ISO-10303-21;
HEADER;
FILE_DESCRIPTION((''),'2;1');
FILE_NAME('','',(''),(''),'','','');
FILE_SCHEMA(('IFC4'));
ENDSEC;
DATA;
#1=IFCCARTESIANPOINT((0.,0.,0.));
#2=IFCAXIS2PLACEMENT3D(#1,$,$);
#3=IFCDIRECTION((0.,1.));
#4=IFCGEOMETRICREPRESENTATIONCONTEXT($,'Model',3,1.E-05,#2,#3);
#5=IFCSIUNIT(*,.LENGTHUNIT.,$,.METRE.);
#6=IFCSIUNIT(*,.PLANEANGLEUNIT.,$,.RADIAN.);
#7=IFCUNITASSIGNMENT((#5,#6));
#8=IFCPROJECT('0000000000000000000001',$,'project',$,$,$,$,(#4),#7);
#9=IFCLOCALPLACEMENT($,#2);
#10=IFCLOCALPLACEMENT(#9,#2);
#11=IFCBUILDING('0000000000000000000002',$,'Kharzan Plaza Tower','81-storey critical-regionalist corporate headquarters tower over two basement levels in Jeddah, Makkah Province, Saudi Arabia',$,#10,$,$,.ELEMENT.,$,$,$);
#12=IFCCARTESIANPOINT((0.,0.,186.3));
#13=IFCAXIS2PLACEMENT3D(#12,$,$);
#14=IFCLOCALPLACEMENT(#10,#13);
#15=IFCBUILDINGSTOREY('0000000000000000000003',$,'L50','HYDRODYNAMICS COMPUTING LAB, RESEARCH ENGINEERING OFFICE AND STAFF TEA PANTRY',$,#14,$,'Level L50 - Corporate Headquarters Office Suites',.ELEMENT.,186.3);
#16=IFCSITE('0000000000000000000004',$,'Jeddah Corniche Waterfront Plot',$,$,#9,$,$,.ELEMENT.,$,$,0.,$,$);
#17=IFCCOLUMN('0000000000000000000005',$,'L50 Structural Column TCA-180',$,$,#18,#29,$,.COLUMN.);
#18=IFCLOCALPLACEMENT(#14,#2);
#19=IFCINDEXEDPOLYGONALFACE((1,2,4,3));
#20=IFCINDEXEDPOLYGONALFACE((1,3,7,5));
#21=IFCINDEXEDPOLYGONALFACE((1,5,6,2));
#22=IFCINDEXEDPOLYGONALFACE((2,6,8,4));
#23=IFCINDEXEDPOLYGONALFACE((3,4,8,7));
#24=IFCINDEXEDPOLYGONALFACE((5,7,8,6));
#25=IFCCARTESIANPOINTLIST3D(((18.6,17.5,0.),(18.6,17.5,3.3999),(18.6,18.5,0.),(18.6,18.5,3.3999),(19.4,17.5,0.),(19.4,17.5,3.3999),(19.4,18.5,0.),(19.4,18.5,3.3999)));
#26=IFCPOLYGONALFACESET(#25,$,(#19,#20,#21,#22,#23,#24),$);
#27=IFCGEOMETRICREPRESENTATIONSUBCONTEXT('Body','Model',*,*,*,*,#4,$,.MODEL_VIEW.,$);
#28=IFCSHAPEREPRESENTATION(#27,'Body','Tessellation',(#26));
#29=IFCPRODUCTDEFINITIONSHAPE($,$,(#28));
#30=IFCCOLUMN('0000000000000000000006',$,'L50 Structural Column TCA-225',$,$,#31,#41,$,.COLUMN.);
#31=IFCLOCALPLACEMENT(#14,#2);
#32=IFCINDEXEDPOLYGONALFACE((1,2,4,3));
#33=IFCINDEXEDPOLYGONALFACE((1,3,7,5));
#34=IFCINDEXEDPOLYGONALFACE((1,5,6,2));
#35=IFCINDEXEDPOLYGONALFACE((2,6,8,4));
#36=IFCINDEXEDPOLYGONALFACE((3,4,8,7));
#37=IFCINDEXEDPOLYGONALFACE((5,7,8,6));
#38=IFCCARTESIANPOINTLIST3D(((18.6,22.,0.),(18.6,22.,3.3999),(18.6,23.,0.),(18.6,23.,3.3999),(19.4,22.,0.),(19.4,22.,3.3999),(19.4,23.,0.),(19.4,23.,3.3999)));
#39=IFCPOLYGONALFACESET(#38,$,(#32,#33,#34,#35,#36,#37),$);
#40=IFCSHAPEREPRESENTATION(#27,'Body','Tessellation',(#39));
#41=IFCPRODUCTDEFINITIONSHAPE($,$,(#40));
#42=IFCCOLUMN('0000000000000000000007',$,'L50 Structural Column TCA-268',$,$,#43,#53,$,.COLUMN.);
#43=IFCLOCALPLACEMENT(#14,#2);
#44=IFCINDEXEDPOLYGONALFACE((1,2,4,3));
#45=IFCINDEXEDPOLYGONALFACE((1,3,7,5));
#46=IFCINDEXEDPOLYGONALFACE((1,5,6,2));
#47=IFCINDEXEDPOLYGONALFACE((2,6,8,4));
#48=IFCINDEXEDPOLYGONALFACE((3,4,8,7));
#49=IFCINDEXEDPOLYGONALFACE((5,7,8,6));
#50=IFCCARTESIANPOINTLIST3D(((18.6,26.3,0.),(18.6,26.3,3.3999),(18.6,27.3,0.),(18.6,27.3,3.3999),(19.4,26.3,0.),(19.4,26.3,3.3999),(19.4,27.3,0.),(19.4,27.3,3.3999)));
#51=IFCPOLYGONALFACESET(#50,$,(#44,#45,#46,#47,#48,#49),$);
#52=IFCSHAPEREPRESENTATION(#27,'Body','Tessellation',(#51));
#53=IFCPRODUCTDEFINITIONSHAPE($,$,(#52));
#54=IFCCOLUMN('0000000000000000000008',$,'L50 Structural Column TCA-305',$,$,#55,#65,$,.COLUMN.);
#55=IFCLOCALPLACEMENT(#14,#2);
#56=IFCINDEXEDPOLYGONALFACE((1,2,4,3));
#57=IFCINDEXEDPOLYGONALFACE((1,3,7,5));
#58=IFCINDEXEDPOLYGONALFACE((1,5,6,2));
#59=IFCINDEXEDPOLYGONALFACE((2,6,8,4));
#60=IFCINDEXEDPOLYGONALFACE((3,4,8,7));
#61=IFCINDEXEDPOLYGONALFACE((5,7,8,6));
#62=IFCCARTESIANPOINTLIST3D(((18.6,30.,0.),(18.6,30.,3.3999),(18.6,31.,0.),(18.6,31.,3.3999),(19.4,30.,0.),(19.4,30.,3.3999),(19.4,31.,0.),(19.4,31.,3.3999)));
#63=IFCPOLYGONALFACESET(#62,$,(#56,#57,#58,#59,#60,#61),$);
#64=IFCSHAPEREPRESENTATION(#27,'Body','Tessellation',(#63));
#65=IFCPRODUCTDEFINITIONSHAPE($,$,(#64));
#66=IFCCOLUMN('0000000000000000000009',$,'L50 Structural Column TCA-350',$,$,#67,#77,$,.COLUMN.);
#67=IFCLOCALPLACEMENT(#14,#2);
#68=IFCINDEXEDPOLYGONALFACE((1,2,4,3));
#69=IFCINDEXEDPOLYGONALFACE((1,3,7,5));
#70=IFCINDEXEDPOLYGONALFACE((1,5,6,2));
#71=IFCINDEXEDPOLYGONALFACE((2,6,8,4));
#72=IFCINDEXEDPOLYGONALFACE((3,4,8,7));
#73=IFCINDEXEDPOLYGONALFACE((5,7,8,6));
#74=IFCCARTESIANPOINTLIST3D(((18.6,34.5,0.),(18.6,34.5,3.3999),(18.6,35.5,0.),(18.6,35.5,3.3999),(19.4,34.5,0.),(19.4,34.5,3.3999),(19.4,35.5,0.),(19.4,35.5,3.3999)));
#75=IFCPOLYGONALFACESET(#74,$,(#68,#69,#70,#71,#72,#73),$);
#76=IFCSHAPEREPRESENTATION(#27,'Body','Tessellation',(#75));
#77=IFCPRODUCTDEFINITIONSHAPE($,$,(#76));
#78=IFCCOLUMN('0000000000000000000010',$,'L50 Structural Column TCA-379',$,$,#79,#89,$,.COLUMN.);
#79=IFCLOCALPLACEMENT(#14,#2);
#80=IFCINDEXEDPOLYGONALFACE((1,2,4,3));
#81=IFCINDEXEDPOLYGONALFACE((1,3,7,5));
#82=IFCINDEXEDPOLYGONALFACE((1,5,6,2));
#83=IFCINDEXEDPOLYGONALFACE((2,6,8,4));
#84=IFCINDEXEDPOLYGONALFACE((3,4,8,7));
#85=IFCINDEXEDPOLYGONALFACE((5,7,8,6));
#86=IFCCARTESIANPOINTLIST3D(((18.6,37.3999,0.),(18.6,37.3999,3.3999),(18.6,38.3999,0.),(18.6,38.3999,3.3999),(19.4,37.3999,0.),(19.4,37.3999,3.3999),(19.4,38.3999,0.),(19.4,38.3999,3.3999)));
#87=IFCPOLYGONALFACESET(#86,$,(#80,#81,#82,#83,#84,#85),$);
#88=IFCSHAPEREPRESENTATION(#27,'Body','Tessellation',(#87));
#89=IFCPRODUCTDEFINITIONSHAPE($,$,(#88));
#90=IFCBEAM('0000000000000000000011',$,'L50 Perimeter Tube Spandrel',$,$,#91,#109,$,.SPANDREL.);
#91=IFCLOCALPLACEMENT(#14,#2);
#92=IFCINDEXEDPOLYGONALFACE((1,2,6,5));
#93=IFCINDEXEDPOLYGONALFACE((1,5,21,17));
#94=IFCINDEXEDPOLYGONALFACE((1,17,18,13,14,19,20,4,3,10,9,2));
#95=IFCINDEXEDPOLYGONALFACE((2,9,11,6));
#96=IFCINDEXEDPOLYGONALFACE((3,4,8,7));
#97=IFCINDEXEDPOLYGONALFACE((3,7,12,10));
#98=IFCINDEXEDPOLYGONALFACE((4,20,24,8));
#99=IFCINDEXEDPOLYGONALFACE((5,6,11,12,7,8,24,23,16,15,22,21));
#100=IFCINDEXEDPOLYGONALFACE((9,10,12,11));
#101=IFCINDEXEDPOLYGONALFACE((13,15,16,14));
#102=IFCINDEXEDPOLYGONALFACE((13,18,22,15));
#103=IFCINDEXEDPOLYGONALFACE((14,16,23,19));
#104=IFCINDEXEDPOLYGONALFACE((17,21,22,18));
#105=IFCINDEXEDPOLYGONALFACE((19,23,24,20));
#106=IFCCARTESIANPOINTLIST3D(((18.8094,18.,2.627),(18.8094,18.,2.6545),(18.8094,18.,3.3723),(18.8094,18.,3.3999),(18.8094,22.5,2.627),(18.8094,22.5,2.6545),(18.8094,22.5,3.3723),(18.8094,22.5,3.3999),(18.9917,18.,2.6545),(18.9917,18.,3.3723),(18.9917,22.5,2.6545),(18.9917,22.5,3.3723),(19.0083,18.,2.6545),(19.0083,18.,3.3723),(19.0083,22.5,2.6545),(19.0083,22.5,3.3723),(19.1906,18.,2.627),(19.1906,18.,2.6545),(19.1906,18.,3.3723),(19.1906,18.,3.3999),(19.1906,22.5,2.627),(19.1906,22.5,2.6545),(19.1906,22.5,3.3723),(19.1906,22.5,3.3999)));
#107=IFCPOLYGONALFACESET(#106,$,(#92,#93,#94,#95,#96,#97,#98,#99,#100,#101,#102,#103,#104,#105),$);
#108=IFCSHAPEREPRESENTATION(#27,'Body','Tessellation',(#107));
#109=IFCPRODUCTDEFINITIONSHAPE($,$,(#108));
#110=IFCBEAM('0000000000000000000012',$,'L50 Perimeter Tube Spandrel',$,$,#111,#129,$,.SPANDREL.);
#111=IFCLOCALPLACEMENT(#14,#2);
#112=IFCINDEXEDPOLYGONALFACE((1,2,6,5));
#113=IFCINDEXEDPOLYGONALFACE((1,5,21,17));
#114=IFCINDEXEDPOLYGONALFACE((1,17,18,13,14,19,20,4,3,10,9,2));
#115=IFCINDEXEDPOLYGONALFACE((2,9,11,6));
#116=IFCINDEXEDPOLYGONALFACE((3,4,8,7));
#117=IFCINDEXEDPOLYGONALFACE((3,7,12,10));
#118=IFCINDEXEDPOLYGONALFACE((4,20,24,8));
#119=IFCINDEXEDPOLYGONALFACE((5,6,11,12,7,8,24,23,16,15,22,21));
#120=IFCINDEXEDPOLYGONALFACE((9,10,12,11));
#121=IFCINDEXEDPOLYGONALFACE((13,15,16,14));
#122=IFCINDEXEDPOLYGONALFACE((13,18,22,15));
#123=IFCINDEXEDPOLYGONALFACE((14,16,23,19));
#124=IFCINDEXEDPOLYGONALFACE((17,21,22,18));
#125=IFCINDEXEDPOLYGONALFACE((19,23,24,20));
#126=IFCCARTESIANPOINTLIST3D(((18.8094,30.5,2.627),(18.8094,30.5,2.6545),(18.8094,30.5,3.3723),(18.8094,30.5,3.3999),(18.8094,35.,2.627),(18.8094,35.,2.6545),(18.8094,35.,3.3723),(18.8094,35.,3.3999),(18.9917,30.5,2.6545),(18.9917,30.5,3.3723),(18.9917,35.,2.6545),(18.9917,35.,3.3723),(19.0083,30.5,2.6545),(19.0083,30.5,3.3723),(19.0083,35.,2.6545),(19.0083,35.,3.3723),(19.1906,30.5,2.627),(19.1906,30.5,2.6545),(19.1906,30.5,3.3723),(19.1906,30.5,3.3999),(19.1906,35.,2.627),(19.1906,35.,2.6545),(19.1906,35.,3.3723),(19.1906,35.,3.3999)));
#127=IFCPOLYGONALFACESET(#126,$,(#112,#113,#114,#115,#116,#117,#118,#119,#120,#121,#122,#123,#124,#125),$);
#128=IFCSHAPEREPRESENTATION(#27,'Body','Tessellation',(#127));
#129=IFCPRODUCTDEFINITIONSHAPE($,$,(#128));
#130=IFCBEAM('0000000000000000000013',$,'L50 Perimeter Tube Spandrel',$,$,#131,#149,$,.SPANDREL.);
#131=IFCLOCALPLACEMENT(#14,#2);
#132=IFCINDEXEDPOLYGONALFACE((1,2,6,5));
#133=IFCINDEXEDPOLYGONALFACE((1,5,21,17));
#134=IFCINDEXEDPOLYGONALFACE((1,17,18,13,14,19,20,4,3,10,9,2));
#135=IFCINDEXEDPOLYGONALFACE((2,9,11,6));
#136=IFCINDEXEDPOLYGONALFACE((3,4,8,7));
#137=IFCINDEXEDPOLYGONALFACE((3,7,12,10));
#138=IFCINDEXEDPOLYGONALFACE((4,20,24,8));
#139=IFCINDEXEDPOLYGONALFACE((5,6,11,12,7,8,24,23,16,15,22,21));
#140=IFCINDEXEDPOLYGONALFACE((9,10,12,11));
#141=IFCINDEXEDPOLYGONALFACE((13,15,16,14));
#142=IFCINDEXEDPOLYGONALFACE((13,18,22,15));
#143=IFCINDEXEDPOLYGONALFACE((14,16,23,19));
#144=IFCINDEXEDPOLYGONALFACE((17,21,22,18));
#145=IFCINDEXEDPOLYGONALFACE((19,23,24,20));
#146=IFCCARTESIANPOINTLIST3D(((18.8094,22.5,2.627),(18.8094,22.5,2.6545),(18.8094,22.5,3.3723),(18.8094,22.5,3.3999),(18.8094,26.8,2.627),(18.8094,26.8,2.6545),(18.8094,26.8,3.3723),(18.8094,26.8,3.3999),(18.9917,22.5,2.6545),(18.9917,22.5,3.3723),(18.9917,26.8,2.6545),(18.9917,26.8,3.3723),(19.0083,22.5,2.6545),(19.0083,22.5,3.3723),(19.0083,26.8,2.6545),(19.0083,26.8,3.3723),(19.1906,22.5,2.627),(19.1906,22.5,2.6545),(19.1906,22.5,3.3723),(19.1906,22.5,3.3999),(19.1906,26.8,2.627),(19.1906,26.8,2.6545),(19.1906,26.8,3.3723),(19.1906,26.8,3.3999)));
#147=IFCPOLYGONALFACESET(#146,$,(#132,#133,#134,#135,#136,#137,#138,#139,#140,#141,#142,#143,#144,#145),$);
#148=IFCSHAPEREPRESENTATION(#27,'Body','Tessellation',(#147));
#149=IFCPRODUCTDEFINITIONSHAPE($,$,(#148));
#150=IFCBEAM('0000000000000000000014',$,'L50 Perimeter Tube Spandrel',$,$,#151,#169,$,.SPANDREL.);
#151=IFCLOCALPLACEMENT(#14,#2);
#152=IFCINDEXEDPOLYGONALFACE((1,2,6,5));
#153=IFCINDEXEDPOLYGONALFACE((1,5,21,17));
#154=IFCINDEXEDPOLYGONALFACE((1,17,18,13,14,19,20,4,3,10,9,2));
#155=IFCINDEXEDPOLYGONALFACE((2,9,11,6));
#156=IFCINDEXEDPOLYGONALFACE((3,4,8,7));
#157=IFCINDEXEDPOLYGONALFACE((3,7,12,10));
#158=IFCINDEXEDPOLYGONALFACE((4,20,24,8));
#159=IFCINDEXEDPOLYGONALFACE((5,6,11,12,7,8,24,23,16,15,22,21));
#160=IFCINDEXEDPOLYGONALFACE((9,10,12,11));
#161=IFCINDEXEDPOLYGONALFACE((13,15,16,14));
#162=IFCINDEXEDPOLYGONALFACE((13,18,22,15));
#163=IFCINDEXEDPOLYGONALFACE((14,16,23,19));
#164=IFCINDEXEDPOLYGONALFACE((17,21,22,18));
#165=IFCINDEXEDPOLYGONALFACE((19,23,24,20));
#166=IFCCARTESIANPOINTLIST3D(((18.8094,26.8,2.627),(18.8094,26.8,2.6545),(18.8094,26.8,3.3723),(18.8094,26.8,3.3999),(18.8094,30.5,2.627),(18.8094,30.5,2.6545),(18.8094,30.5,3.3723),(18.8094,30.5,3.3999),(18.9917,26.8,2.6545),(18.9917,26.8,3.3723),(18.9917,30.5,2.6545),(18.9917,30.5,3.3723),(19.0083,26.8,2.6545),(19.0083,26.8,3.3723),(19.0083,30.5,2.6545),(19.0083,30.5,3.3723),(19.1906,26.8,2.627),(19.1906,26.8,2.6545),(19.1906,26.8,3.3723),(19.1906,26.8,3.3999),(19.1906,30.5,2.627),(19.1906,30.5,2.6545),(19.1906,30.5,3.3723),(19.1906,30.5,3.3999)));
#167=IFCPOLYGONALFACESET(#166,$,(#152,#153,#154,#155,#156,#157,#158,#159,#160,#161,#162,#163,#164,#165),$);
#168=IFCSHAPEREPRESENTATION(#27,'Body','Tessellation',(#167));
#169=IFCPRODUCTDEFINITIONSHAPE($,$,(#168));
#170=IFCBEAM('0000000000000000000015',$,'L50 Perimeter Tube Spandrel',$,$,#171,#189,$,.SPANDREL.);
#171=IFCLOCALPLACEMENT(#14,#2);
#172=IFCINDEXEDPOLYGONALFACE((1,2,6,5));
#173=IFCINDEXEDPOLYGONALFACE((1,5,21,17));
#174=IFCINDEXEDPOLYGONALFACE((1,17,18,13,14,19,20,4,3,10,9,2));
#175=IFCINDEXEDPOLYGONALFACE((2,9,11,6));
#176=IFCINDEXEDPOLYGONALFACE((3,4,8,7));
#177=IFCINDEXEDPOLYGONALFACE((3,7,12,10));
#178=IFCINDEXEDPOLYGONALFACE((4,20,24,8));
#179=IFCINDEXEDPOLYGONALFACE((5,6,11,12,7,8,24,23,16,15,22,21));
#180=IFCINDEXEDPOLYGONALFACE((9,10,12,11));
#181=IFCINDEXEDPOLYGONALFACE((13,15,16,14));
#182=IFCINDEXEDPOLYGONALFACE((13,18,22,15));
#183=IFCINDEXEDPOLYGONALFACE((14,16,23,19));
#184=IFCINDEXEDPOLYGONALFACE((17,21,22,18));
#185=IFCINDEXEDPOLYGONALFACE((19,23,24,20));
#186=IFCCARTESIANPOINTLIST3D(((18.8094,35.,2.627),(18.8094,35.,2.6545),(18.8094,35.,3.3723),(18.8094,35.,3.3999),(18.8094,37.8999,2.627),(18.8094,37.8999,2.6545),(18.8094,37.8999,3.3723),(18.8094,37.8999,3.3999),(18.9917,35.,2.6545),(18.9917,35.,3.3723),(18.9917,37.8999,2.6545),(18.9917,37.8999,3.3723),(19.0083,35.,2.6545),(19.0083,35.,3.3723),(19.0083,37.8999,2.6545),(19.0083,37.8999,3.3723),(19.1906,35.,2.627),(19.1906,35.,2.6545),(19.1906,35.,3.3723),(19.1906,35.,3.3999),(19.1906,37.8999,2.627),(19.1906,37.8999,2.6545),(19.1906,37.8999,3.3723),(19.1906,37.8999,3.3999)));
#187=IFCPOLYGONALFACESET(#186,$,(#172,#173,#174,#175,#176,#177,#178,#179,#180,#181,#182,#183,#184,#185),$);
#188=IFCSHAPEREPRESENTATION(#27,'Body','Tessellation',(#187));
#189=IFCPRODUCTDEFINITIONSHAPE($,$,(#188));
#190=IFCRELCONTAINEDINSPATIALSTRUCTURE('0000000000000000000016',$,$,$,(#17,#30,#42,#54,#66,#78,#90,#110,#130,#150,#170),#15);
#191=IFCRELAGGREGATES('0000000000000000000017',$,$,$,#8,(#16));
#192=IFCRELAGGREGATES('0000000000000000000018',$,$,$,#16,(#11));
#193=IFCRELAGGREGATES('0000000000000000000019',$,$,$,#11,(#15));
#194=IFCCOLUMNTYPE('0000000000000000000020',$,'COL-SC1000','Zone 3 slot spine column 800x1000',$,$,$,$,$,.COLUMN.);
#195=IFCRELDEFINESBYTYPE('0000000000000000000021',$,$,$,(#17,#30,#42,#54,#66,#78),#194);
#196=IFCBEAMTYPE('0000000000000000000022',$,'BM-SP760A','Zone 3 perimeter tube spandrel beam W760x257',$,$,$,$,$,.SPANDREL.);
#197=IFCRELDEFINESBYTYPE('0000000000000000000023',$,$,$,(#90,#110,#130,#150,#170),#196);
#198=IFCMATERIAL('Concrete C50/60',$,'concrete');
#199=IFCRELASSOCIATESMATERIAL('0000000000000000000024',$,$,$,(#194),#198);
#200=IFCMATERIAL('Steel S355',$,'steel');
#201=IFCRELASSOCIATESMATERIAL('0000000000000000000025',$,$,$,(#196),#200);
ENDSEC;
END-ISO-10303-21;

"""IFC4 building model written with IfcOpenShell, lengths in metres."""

from ifc_helpers import new_model, si_unit, direction, frame, origin, origin_2d, place, context, subcontext, project, spatial, rectangle, i_section, extrude, source, transform, mapped, material, material_profile, profile_set, type_object, element, save


model = new_model("IFC4")

# Units and contexts
model_context = context("Model", 3, precision=1e-05, world=origin(), true_north=direction((0.0, 1.0)))
body_context = subcontext(model_context, "Body", "Model", "MODEL_VIEW")
ifc_project = project(units=[si_unit("LENGTHUNIT", "METRE"), si_unit("PLANEANGLEUNIT", "RADIAN")], contexts=[model_context])

# Site, building, storey
site_placement = place(None, origin())
site = spatial("IfcSite", under=ifc_project, at=site_placement, Name="Jeddah Corniche Waterfront Plot", CompositionType="ELEMENT", RefElevation=0.0)
building_placement = place(site_placement, origin())
building = spatial("IfcBuilding", under=site, at=building_placement, Name="Kharzan Plaza Tower", Description="81-storey critical-regionalist corporate headquarters tower over two basement levels in Jeddah, Makkah Province, Saudi Arabia", CompositionType="ELEMENT")
storey_placement = place(building_placement, frame((0.0, 0.0, 186.3)))
storey = spatial("IfcBuildingStorey", under=building, at=storey_placement, Name="L50", Description="HYDRODYNAMICS COMPUTING LAB, RESEARCH ENGINEERING OFFICE AND STAFF TEA PANTRY", LongName="Level L50 - Corporate Headquarters Office Suites", CompositionType="ELEMENT", Elevation=186.3)

# Columns
ifc_material_1 = material(Name="Concrete C50/60", Category="concrete")
ifc_material_profile_1 = material_profile(ifc_material_1, rectangle(XDim=0.8, YDim=1.0, at=origin_2d()), Name="RC-SC1000x800")
ifc_profile_set_1 = profile_set([ifc_material_profile_1], Name="Concrete C50/60")
column_type = type_object("IfcColumnType", Name="COL-SC1000", Description="Zone 3 slot spine column 800x1000", PredefinedType="COLUMN", material=ifc_profile_set_1)
shared_shape_1 = source(origin(), body_context, "Body", "SweptSolid", [
    extrude(rectangle(XDim=0.8, YDim=1.0, at=origin_2d()), origin(), (0.0, 0.0, 1.0), 3.3999),
])
for number, where, z_axis, x_axis, name in (
    (1, (19.0, 18.0, 0.0), (0.0, 0.0, 1.0), (1.0, 0.0, 0.0), "L50 Structural Column TCA-180"),
    (2, (19.0, 22.5, 0.0), (0.0, 0.0, 1.0), (1.0, 0.0, 0.0), "L50 Structural Column TCA-225"),
    (3, (19.0, 26.8, 0.0), (0.0, 0.0, 1.0), (1.0, 0.0, 0.0), "L50 Structural Column TCA-268"),
    (4, (19.0, 30.5, 0.0), (0.0, 0.0, 1.0), (1.0, 0.0, 0.0), "L50 Structural Column TCA-305"),
    (5, (19.0, 35.0, 0.0), (0.0, 0.0, 1.0), (1.0, 0.0, 0.0), "L50 Structural Column TCA-350"),
    (6, (19.0, 37.8999, 0.0), (0.0, 0.0, 1.0), (1.0, 0.0, 0.0), "L50 Structural Column TCA-379"),
):
    element("IfcColumn", number, at=place(storey_placement, frame(where, z_axis=z_axis, x_axis=x_axis)), inside=storey, type_object=column_type, Name=name, PredefinedType="COLUMN", context=body_context, shape_type="MappedRepresentation", body=[
        mapped(shared_shape_1, transform((0.0, 0.0, 0.0), x_axis=(1.0, 0.0, 0.0), y_axis=(0.0, 1.0, 0.0), z_axis=(0.0, 0.0, 1.0))),
    ])

# Beams
ifc_material_2 = material(Name="Steel S355", Category="steel")
ifc_material_profile_2 = material_profile(ifc_material_2, i_section(OverallWidth=0.3811, OverallDepth=0.7729, WebThickness=0.0166, FlangeThickness=0.0276, at=origin_2d()), Name="W760x257")
ifc_profile_set_2 = profile_set([ifc_material_profile_2], Name="Steel S355")
beam_type = type_object("IfcBeamType", Name="BM-SP760A", Description="Zone 3 perimeter tube spandrel beam W760x257", PredefinedType="SPANDREL", material=ifc_profile_set_2)
shared_shape_2 = source(origin(), body_context, "Body", "SweptSolid", [
    extrude(i_section(OverallWidth=0.3811, OverallDepth=0.7729, WebThickness=0.0166, FlangeThickness=0.0276, at=origin_2d()), origin(), (0.0, 0.0, 1.0), 4.5),
])
for number, where, z_axis, x_axis, name in (
    (7, (19.0, 18.0, 3.0134), (0.0, 1.0, 0.0), (-1.0, 0.0, 0.0), "L50 Perimeter Tube Spandrel"),
    (8, (19.0, 30.5, 3.0134), (0.0, 1.0, 0.0), (-1.0, 0.0, 0.0), "L50 Perimeter Tube Spandrel"),
):
    element("IfcBeam", number, at=place(storey_placement, frame(where, z_axis=z_axis, x_axis=x_axis)), inside=storey, type_object=beam_type, Name=name, PredefinedType="SPANDREL", context=body_context, shape_type="MappedRepresentation", body=[
        mapped(shared_shape_2, transform((0.0, 0.0, 0.0), x_axis=(1.0, 0.0, 0.0), y_axis=(0.0, 1.0, 0.0), z_axis=(0.0, 0.0, 1.0))),
    ])
shared_shape_3 = source(origin(), body_context, "Body", "SweptSolid", [
    extrude(i_section(OverallWidth=0.3811, OverallDepth=0.7729, WebThickness=0.0166, FlangeThickness=0.0276, at=origin_2d()), origin(), (0.0, 0.0, 1.0), 4.3),
])
beam_1_placement = place(storey_placement, frame((19.0, 22.5, 3.0134), z_axis=(0.0, 1.0, 0.0), x_axis=(-1.0, 0.0, 0.0)))
element("IfcBeam", 9, at=beam_1_placement, inside=storey, type_object=beam_type, Name="L50 Perimeter Tube Spandrel", PredefinedType="SPANDREL", context=body_context, shape_type="MappedRepresentation", body=[
    mapped(shared_shape_3, transform((0.0, 0.0, 0.0), x_axis=(1.0, 0.0, 0.0), y_axis=(0.0, 1.0, 0.0), z_axis=(0.0, 0.0, 1.0))),
])
shared_shape_4 = source(origin(), body_context, "Body", "SweptSolid", [
    extrude(i_section(OverallWidth=0.3811, OverallDepth=0.7729, WebThickness=0.0166, FlangeThickness=0.0276, at=origin_2d()), origin(), (0.0, 0.0, 1.0), 3.7),
])
beam_2_placement = place(storey_placement, frame((19.0, 26.8, 3.0134), z_axis=(0.0, 1.0, 0.0), x_axis=(-1.0, 0.0, 0.0)))
element("IfcBeam", 10, at=beam_2_placement, inside=storey, type_object=beam_type, Name="L50 Perimeter Tube Spandrel", PredefinedType="SPANDREL", context=body_context, shape_type="MappedRepresentation", body=[
    mapped(shared_shape_4, transform((0.0, 0.0, 0.0), x_axis=(1.0, 0.0, 0.0), y_axis=(0.0, 1.0, 0.0), z_axis=(0.0, 0.0, 1.0))),
])
shared_shape_5 = source(origin(), body_context, "Body", "SweptSolid", [
    extrude(i_section(OverallWidth=0.3811, OverallDepth=0.7729, WebThickness=0.0166, FlangeThickness=0.0276, at=origin_2d()), origin(), (0.0, 0.0, 1.0), 2.8999),
])
beam_3_placement = place(storey_placement, frame((19.0, 35.0, 3.0134), z_axis=(0.0, 1.0, 0.0), x_axis=(-1.0, 0.0, 0.0)))
element("IfcBeam", 11, at=beam_3_placement, inside=storey, type_object=beam_type, Name="L50 Perimeter Tube Spandrel", PredefinedType="SPANDREL", context=body_context, shape_type="MappedRepresentation", body=[
    mapped(shared_shape_5, transform((0.0, 0.0, 0.0), x_axis=(1.0, 0.0, 0.0), y_axis=(0.0, 1.0, 0.0), z_axis=(0.0, 0.0, 1.0))),
])

save(model, "model.ifc")
